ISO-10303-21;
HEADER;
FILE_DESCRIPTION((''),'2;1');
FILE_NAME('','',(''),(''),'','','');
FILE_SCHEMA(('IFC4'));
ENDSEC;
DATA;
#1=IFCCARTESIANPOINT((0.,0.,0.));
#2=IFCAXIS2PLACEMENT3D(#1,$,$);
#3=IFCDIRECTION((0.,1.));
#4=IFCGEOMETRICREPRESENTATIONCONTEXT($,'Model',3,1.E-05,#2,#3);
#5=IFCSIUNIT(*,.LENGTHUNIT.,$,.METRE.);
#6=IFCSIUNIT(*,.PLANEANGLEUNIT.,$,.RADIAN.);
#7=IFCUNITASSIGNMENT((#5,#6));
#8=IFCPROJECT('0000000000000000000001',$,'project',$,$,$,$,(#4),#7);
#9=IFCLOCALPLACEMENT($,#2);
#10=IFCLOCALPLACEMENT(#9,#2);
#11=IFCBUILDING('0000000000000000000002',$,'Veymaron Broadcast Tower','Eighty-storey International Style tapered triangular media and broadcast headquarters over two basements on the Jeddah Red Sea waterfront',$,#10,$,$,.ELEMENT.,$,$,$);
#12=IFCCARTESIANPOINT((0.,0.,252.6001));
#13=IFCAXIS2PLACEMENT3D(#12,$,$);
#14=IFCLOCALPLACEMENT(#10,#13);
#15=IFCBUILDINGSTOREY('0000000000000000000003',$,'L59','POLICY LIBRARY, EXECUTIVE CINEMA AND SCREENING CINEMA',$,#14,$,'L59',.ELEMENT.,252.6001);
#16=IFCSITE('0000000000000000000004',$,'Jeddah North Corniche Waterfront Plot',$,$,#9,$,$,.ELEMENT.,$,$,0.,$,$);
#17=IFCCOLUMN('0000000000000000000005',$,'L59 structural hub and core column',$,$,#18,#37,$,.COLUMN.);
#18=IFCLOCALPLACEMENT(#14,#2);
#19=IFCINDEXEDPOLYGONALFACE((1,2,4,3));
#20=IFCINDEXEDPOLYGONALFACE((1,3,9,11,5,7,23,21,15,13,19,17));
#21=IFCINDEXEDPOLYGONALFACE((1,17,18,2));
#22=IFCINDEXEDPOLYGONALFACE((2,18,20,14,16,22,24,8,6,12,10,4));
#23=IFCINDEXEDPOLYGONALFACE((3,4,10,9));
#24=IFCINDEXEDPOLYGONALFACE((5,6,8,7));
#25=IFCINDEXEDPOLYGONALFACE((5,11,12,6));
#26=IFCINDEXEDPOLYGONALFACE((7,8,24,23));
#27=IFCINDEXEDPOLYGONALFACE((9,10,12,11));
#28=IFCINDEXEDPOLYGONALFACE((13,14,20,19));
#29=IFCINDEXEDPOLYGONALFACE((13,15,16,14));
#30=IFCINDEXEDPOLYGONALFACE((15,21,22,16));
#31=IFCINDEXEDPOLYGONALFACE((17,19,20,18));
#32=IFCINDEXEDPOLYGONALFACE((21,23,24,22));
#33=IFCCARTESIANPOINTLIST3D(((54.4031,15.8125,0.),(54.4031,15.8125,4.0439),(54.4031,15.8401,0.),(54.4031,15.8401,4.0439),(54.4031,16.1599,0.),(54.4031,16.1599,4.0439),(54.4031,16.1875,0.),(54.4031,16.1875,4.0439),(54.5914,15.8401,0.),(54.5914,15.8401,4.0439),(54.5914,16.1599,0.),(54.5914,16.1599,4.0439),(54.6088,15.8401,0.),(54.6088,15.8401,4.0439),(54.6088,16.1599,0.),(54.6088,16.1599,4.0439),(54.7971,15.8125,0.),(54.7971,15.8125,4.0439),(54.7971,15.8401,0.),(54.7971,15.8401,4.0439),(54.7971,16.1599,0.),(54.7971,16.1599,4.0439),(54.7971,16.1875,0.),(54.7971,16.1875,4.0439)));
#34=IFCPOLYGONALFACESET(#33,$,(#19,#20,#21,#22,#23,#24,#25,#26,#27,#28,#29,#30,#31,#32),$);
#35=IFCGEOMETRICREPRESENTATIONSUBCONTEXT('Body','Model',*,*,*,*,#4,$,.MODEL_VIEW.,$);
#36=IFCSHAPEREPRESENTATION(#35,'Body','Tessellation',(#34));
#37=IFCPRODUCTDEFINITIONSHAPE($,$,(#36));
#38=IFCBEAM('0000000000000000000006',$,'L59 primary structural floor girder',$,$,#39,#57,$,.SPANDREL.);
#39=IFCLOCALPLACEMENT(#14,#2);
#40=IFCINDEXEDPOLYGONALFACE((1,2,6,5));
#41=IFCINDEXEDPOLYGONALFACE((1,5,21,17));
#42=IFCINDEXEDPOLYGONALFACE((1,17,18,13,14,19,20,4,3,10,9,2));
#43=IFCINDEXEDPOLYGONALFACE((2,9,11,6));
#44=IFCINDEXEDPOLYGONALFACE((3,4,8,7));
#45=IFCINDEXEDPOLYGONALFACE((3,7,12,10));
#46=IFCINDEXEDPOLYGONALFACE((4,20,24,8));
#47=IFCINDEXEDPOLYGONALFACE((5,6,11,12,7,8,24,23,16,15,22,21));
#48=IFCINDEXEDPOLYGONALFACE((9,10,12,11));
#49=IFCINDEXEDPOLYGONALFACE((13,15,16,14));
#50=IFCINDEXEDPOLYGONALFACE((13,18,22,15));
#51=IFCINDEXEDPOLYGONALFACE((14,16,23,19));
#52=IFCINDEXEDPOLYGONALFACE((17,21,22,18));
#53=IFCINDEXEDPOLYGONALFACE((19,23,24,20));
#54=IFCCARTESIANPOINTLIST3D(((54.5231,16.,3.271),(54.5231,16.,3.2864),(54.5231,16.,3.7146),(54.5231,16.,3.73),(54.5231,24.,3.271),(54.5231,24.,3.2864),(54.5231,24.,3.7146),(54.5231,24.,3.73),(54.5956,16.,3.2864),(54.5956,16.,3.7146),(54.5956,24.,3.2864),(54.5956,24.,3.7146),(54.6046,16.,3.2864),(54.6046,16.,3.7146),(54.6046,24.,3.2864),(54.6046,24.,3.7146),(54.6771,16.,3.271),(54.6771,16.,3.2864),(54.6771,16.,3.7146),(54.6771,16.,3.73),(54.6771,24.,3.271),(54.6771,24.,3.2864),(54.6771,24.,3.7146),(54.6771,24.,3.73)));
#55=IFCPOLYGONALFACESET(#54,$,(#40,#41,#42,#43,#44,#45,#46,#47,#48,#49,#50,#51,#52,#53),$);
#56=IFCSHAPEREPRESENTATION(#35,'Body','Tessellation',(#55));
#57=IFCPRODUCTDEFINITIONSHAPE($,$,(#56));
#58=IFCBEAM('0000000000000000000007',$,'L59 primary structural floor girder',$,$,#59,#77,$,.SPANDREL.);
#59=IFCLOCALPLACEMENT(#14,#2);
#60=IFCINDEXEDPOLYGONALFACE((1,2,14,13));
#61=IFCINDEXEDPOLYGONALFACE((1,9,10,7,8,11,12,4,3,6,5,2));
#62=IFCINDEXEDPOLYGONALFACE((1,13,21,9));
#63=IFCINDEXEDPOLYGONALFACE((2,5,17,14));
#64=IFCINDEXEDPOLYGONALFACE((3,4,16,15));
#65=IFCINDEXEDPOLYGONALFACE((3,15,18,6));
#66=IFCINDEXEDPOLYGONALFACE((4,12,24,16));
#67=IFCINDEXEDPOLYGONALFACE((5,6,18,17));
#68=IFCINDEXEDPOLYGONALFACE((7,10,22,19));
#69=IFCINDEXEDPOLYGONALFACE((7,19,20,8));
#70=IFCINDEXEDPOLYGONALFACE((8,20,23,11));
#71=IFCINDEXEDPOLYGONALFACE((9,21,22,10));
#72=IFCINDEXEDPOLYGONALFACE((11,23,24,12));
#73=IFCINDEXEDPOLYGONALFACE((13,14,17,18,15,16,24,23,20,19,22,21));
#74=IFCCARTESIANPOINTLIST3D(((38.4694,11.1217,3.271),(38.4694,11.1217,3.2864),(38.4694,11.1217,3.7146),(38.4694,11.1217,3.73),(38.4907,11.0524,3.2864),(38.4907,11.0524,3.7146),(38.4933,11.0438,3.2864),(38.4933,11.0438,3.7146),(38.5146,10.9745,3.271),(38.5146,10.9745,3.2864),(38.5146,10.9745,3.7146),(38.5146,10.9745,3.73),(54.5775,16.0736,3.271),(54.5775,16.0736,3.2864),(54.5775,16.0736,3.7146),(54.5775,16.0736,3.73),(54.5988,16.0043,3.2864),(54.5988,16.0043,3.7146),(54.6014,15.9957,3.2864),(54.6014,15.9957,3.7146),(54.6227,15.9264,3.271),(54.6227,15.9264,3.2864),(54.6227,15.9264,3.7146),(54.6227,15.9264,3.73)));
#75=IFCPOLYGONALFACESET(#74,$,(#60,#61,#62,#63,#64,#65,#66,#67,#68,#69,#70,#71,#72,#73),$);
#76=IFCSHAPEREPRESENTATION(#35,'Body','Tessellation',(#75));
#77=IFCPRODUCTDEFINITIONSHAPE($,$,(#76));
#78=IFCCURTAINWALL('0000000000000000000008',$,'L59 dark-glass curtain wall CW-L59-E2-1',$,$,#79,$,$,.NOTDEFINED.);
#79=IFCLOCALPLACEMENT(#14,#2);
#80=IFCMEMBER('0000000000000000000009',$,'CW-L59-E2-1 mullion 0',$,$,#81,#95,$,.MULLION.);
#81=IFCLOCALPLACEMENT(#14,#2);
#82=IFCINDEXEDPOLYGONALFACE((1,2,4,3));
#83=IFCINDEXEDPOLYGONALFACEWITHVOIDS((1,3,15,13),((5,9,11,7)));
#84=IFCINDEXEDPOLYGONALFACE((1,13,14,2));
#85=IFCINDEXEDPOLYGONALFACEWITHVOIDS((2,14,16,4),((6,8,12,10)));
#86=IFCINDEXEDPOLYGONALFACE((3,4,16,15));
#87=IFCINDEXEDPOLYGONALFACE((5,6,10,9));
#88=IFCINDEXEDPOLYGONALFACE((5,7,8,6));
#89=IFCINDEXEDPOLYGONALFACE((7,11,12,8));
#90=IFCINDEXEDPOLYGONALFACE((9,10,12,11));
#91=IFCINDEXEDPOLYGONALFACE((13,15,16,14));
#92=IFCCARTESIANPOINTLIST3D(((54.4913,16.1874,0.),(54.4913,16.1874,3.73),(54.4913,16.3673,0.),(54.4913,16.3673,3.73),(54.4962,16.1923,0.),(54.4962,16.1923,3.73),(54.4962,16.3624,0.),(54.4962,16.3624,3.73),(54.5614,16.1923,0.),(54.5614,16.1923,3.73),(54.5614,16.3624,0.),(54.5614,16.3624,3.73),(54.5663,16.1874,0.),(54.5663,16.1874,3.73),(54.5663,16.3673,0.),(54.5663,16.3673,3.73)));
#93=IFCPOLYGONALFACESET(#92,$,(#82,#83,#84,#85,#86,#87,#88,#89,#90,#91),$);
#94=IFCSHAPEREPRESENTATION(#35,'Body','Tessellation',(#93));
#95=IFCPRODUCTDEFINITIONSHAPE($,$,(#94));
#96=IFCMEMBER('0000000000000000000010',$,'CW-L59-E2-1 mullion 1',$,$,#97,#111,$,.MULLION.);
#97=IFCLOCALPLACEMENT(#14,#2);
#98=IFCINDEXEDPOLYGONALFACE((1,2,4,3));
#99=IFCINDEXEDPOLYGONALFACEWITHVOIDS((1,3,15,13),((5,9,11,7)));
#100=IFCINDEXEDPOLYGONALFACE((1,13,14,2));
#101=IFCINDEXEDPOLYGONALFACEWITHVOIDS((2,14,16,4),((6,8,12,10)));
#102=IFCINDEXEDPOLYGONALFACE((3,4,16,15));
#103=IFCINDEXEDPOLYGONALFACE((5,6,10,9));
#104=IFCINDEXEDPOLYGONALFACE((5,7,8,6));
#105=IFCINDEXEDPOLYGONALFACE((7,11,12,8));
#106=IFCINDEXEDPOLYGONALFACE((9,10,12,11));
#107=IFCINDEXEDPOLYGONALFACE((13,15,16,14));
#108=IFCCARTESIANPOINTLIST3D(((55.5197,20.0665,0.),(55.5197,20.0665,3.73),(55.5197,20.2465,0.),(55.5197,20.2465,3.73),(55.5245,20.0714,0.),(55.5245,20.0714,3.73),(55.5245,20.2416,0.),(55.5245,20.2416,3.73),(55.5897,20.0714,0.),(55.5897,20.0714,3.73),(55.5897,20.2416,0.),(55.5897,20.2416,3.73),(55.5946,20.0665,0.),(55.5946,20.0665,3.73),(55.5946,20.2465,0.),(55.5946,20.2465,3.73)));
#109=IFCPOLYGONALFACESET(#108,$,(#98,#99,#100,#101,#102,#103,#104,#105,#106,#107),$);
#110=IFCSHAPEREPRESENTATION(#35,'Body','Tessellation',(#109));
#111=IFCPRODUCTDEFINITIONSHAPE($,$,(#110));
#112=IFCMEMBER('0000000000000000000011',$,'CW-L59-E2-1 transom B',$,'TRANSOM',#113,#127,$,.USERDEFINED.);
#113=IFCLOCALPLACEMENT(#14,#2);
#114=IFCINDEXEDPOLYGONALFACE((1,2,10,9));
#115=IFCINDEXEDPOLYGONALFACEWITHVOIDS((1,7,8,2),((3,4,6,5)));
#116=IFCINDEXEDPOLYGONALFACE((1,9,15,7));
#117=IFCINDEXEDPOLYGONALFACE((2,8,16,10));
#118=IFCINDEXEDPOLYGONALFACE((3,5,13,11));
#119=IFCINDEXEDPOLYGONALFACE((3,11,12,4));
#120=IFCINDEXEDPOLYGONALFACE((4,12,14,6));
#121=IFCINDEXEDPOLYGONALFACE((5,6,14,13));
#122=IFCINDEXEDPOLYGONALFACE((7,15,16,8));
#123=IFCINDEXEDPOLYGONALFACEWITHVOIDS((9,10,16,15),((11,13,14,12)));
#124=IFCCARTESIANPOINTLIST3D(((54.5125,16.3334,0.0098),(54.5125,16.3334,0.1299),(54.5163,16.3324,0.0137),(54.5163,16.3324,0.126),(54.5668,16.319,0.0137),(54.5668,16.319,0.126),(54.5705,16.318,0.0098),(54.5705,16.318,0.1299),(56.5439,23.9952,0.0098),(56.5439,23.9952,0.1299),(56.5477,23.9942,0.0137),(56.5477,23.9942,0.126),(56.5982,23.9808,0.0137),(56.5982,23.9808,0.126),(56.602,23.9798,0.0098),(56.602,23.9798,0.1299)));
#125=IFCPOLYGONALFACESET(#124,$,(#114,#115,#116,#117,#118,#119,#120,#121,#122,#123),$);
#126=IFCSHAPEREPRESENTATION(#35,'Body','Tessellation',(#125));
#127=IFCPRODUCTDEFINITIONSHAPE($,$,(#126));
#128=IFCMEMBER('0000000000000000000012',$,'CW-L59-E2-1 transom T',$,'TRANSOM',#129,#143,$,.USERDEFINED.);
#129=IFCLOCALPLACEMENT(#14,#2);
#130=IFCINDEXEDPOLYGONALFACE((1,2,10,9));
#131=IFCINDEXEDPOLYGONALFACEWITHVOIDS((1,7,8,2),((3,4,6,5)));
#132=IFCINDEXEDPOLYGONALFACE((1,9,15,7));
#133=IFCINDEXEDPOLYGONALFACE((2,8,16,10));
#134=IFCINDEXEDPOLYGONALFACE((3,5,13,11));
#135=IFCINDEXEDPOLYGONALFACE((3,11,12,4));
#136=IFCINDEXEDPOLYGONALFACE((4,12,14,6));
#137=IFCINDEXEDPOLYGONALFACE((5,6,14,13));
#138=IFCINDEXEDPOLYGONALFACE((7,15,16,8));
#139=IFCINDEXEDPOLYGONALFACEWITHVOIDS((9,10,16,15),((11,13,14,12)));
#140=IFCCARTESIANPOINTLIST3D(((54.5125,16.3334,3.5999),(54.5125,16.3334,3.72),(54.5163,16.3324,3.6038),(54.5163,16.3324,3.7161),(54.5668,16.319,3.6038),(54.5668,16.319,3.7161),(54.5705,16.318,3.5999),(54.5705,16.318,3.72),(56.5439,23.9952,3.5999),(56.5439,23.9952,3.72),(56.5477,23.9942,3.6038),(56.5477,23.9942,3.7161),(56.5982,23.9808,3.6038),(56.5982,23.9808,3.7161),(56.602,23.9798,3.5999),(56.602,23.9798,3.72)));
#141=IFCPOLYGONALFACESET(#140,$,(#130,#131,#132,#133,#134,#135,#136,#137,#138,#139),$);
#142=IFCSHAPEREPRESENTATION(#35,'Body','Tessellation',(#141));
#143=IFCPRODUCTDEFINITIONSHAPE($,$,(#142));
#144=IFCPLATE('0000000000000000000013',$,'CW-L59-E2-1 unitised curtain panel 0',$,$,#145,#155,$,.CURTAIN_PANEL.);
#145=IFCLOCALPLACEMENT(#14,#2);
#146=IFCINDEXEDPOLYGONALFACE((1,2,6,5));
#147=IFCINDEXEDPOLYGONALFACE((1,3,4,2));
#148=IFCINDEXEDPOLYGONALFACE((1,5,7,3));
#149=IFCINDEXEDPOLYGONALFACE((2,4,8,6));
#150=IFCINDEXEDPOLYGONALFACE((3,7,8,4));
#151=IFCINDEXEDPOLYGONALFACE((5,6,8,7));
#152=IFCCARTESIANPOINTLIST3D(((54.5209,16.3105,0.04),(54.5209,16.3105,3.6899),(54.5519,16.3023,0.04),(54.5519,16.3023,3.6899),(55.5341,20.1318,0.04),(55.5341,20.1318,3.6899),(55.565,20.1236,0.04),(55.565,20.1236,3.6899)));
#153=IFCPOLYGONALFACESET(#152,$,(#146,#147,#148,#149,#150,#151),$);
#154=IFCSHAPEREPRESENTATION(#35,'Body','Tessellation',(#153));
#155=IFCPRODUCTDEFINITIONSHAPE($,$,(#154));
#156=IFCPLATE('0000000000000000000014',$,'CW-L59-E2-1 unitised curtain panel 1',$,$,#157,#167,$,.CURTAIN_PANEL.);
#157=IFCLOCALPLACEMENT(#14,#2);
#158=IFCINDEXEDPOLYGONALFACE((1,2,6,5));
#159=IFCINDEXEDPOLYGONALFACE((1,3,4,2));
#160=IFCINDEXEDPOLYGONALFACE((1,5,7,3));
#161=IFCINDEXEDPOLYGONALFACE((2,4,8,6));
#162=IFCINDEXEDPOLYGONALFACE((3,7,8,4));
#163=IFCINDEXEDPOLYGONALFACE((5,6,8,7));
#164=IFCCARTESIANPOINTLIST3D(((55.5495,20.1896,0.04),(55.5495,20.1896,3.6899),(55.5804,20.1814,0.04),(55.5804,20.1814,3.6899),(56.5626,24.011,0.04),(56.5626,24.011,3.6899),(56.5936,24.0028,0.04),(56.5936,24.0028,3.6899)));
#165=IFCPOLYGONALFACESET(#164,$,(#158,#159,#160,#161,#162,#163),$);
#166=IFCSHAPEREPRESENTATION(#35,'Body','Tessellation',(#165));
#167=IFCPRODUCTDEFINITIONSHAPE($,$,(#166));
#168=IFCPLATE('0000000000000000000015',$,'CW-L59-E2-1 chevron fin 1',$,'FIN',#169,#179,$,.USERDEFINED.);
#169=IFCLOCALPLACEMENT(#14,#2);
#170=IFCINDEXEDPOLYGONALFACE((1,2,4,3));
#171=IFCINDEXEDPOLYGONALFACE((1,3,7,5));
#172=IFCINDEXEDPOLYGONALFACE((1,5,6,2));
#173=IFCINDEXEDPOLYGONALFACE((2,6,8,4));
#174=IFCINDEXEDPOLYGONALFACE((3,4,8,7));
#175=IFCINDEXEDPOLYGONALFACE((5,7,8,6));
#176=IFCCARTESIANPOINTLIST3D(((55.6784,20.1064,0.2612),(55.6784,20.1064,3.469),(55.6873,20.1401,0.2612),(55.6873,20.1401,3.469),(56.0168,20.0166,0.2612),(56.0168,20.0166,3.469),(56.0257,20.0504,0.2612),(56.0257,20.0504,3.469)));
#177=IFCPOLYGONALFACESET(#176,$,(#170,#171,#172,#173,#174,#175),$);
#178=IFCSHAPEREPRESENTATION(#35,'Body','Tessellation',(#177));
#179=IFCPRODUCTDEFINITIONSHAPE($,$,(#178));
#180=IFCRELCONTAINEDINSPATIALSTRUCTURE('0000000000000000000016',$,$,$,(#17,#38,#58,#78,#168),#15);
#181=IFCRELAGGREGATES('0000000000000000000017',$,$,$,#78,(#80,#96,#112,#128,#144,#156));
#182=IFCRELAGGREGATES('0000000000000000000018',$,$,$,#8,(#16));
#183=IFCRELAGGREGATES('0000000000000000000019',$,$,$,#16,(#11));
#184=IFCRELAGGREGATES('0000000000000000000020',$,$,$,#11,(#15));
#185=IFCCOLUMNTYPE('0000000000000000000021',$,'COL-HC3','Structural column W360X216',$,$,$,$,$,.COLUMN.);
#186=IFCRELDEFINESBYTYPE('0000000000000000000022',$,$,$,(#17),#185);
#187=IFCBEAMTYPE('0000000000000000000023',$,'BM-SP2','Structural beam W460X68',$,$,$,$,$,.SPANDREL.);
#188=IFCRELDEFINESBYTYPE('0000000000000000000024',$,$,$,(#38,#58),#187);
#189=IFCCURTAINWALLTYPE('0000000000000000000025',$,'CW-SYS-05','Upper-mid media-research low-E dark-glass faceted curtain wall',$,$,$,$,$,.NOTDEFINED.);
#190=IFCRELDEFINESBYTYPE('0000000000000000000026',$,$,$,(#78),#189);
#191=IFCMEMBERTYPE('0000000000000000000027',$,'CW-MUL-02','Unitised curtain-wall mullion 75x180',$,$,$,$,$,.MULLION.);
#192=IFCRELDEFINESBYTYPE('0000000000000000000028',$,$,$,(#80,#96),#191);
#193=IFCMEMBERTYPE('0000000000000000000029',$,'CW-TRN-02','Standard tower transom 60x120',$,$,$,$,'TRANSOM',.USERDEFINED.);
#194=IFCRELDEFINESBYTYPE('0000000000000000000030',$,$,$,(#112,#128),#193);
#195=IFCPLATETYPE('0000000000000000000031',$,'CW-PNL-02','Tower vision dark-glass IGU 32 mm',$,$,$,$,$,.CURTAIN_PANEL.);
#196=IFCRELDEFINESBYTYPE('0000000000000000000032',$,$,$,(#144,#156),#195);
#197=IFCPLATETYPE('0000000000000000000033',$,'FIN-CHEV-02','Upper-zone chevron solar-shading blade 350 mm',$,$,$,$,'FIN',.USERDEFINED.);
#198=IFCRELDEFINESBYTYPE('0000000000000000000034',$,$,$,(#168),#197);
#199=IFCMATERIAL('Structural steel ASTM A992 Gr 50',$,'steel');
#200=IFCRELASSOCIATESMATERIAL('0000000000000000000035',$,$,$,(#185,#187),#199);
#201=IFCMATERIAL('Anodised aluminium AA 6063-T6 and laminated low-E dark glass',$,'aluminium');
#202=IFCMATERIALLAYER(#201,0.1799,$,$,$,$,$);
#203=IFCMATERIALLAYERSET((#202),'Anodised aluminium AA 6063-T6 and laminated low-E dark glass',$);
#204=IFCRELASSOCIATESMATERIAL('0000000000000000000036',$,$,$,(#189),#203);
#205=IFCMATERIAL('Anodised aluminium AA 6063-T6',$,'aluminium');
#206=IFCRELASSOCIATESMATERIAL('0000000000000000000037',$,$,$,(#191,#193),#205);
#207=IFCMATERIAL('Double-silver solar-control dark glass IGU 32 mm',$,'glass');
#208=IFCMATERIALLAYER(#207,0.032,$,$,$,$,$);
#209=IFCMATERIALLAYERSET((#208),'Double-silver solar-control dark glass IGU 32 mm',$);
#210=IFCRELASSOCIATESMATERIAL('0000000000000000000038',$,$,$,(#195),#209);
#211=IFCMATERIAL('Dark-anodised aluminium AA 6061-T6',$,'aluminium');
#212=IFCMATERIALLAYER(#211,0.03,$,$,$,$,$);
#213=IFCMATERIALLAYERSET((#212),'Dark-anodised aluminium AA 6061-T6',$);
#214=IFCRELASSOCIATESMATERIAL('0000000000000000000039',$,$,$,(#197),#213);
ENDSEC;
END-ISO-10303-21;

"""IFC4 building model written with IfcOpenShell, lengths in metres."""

from ifc_helpers import new_model, si_unit, direction, frame, origin, origin_2d, place, context, subcontext, project, spatial, rectangle, hollow_rectangle, i_section, extrude, material, layer, layer_set, material_profile, profile_set, type_object, element, aggregate, save


model = new_model("IFC4")

# Units and contexts
model_context = context("Model", 3, precision=1e-05, world=origin(), true_north=direction((0.0, 1.0)))
body_context = subcontext(model_context, "Body", "Model", "MODEL_VIEW")
ifc_project = project(units=[si_unit("LENGTHUNIT", "METRE"), si_unit("PLANEANGLEUNIT", "RADIAN")], contexts=[model_context])

# Site, building, storey
site_placement = place(None, origin())
site = spatial("IfcSite", under=ifc_project, at=site_placement, Name="Jeddah North Corniche Waterfront Plot", CompositionType="ELEMENT", RefElevation=0.0)
building_placement = place(site_placement, origin())
building = spatial("IfcBuilding", under=site, at=building_placement, Name="Veymaron Broadcast Tower", Description="Eighty-storey International Style tapered triangular media and broadcast headquarters over two basements on the Jeddah Red Sea waterfront", CompositionType="ELEMENT")
storey_placement = place(building_placement, frame((0.0, 0.0, 252.6001)))
storey = spatial("IfcBuildingStorey", under=building, at=storey_placement, Name="L59", Description="POLICY LIBRARY, EXECUTIVE CINEMA AND SCREENING CINEMA", LongName="L59", CompositionType="ELEMENT", Elevation=252.6001)

# Column
ifc_material_1 = material(Name="Structural steel ASTM A992 Gr 50", Category="steel")
ifc_material_profile_1 = material_profile(ifc_material_1, i_section(OverallWidth=0.394, OverallDepth=0.375, WebThickness=0.0173, FlangeThickness=0.0276, at=origin_2d()), Name="W360X216")
ifc_profile_set_1 = profile_set([ifc_material_profile_1], Name="Structural steel ASTM A992 Gr 50")
column_type = type_object("IfcColumnType", Name="COL-HC3", Description="Structural column W360X216", PredefinedType="COLUMN", material=ifc_profile_set_1)
column_placement = place(storey_placement, frame((54.6001, 16.0, 0.0), z_axis=(0.0, 0.0, 1.0), x_axis=(1.0, 0.0, 0.0)))
element("IfcColumn", 1, at=column_placement, inside=storey, type_object=column_type, Name="L59 structural hub and core column", PredefinedType="COLUMN", context=body_context, shape_type="SweptSolid", body=[
    extrude(i_section(OverallWidth=0.394, OverallDepth=0.375, WebThickness=0.0173, FlangeThickness=0.0276, at=origin_2d()), origin(), (0.0, 0.0, 1.0), 4.0439),
])

# Beams
ifc_material_profile_2 = material_profile(ifc_material_1, i_section(OverallWidth=0.1541, OverallDepth=0.459, WebThickness=0.009, FlangeThickness=0.0154, at=origin_2d()), Name="W460X68")
ifc_profile_set_2 = profile_set([ifc_material_profile_2], Name="Structural steel ASTM A992 Gr 50")
beam_type = type_object("IfcBeamType", Name="BM-SP2", Description="Structural beam W460X68", PredefinedType="SPANDREL", material=ifc_profile_set_2)
beam_1_placement = place(storey_placement, frame((54.6001, 16.0, 3.5005), z_axis=(0.0, 1.0, 0.0), x_axis=(-1.0, 0.0, 0.0)))
element("IfcBeam", 2, at=beam_1_placement, inside=storey, type_object=beam_type, Name="L59 primary structural floor girder", PredefinedType="SPANDREL", context=body_context, shape_type="SweptSolid", body=[
    extrude(i_section(OverallWidth=0.1541, OverallDepth=0.459, WebThickness=0.009, FlangeThickness=0.0154, at=origin_2d()), origin(), (0.0, 0.0, 1.0), 8.0),
])
beam_2_placement = place(storey_placement, frame((54.6001, 16.0, 3.5005), z_axis=(-0.955853, -0.293845, 0.0), x_axis=(0.293845, -0.955853, 0.0)))
element("IfcBeam", 3, at=beam_2_placement, inside=storey, type_object=beam_type, Name="L59 primary structural floor girder", PredefinedType="SPANDREL", context=body_context, shape_type="SweptSolid", body=[
    extrude(i_section(OverallWidth=0.1541, OverallDepth=0.459, WebThickness=0.009, FlangeThickness=0.0154, at=origin_2d()), origin(), (0.0, 0.0, 1.0), 16.8521),
])

# Curtain wall, members, plates
ifc_material_2 = material(Name="Anodised aluminium AA 6063-T6 and laminated low-E dark glass", Category="aluminium")
ifc_layer_1 = layer(ifc_material_2, 0.1799)
ifc_layer_set_1 = layer_set([ifc_layer_1], Name="Anodised aluminium AA 6063-T6 and laminated low-E dark glass")
curtain_wall_type = type_object("IfcCurtainWallType", Name="CW-SYS-05", Description="Upper-mid media-research low-E dark-glass faceted curtain wall", PredefinedType="NOTDEFINED", material=ifc_layer_set_1)
curtain_wall_placement = place(storey_placement, origin())
curtain_wall = element("IfcCurtainWall", 4, at=curtain_wall_placement, inside=storey, type_object=curtain_wall_type, Name="L59 dark-glass curtain wall CW-L59-E2-1", PredefinedType="NOTDEFINED")
ifc_material_3 = material(Name="Anodised aluminium AA 6063-T6", Category="aluminium")
ifc_material_profile_3 = material_profile(ifc_material_3, hollow_rectangle(XDim=0.075, YDim=0.1799, WallThickness=0.0049, at=origin_2d()), Name="AL180X75X5")
ifc_profile_set_3 = profile_set([ifc_material_profile_3], Name="Anodised aluminium AA 6063-T6")
member_type_1 = type_object("IfcMemberType", Name="CW-MUL-02", Description="Unitised curtain-wall mullion 75x180", PredefinedType="MULLION", material=ifc_profile_set_3)
member_1_placement = place(storey_placement, frame((54.5288, 16.2773, 0.0), z_axis=(0.0, 0.0, 1.0), x_axis=(1.0, 0.0, 0.0)))
member_1 = element("IfcMember", 5, at=member_1_placement, type_object=member_type_1, Name="CW-L59-E2-1 mullion 0", PredefinedType="MULLION", context=body_context, shape_type="SweptSolid", body=[
    extrude(hollow_rectangle(XDim=0.075, YDim=0.1799, WallThickness=0.0049, at=origin_2d()), origin(), (0.0, 0.0, 1.0), 3.73),
])
member_2_placement = place(storey_placement, frame((55.5571, 20.1565, 0.0), z_axis=(0.0, 0.0, 1.0), x_axis=(1.0, 0.0, 0.0)))
member_2 = element("IfcMember", 6, at=member_2_placement, type_object=member_type_1, Name="CW-L59-E2-1 mullion 1", PredefinedType="MULLION", context=body_context, shape_type="SweptSolid", body=[
    extrude(hollow_rectangle(XDim=0.075, YDim=0.1799, WallThickness=0.0049, at=origin_2d()), origin(), (0.0, 0.0, 1.0), 3.73),
])
ifc_material_profile_4 = material_profile(ifc_material_3, hollow_rectangle(XDim=0.0601, YDim=0.1201, WallThickness=0.0039, at=origin_2d()), Name="AL120X60X4")
ifc_profile_set_4 = profile_set([ifc_material_profile_4], Name="Anodised aluminium AA 6063-T6")
member_type_2 = type_object("IfcMemberType", Name="CW-TRN-02", Description="Standard tower transom 60x120", ElementType="TRANSOM", PredefinedType="USERDEFINED", material=ifc_profile_set_4)
member_3_placement = place(storey_placement, frame((54.5415, 16.3257, 0.0698), z_axis=(0.256288, 0.9666, 0.0), x_axis=(-0.9666, 0.256288, 0.0)))
member_3 = element("IfcMember", 7, at=member_3_placement, type_object=member_type_2, Name="CW-L59-E2-1 transom B", ObjectType="TRANSOM", PredefinedType="USERDEFINED", context=body_context, shape_type="SweptSolid", body=[
    extrude(hollow_rectangle(XDim=0.0601, YDim=0.1201, WallThickness=0.0039, at=origin_2d()), origin(), (0.0, 0.0, 1.0), 7.9265),
])
member_4_placement = place(storey_placement, frame((54.5415, 16.3257, 3.6599), z_axis=(0.256288, 0.9666, 0.0), x_axis=(-0.9666, 0.256288, 0.0)))
member_4 = element("IfcMember", 8, at=member_4_placement, type_object=member_type_2, Name="CW-L59-E2-1 transom T", ObjectType="TRANSOM", PredefinedType="USERDEFINED", context=body_context, shape_type="SweptSolid", body=[
    extrude(hollow_rectangle(XDim=0.0601, YDim=0.1201, WallThickness=0.0039, at=origin_2d()), origin(), (0.0, 0.0, 1.0), 7.9265),
])
ifc_material_4 = material(Name="Double-silver solar-control dark glass IGU 32 mm", Category="glass")
ifc_layer_2 = layer(ifc_material_4, 0.032)
ifc_layer_set_2 = layer_set([ifc_layer_2], Name="Double-silver solar-control dark glass IGU 32 mm")
plate_type_1 = type_object("IfcPlateType", Name="CW-PNL-02", Description="Tower vision dark-glass IGU 32 mm", PredefinedType="CURTAIN_PANEL", material=ifc_layer_set_2)
plate_1_placement = place(storey_placement, frame((55.043, 18.217, 0.04), z_axis=(0.0, 0.0, 1.0), x_axis=(0.256273, 0.966605, 0.0)))
plate_1 = element("IfcPlate", 9, at=plate_1_placement, type_object=plate_type_1, Name="CW-L59-E2-1 unitised curtain panel 0", PredefinedType="CURTAIN_PANEL", context=body_context, shape_type="SweptSolid", body=[
    extrude(rectangle(XDim=3.9534, YDim=0.032, at=origin_2d()), origin(), (0.0, 0.0, 1.0), 3.6499),
])
plate_2_placement = place(storey_placement, frame((56.0715, 22.0962, 0.04), z_axis=(0.0, 0.0, 1.0), x_axis=(0.256273, 0.966605, 0.0)))
plate_2 = element("IfcPlate", 10, at=plate_2_placement, type_object=plate_type_1, Name="CW-L59-E2-1 unitised curtain panel 1", PredefinedType="CURTAIN_PANEL", context=body_context, shape_type="SweptSolid", body=[
    extrude(rectangle(XDim=3.9534, YDim=0.032, at=origin_2d()), origin(), (0.0, 0.0, 1.0), 3.6499),
])
aggregate(curtain_wall, [member_1, member_2, member_3, member_4, plate_1, plate_2])

# Plate
ifc_material_5 = material(Name="Dark-anodised aluminium AA 6061-T6", Category="aluminium")
ifc_layer_3 = layer(ifc_material_5, 0.03)
ifc_layer_set_3 = layer_set([ifc_layer_3], Name="Dark-anodised aluminium AA 6061-T6")
plate_type_2 = type_object("IfcPlateType", Name="FIN-CHEV-02", Description="Upper-zone chevron solar-shading blade 350 mm", ElementType="FIN", PredefinedType="USERDEFINED", material=ifc_layer_set_3)
plate_3_placement = place(storey_placement, frame((55.8521, 20.0784, 0.2612), z_axis=(0.0, 0.0, 1.0), x_axis=(0.966605, -0.256273, 0.0)))
element("IfcPlate", 11, at=plate_3_placement, inside=storey, type_object=plate_type_2, Name="CW-L59-E2-1 chevron fin 1", ObjectType="FIN", PredefinedType="USERDEFINED", context=body_context, shape_type="SweptSolid", body=[
    extrude(rectangle(XDim=0.3501, YDim=0.0349, at=origin_2d()), origin(), (0.0, 0.0, 1.0), 3.2078),
])

save(model, "model.ifc")
